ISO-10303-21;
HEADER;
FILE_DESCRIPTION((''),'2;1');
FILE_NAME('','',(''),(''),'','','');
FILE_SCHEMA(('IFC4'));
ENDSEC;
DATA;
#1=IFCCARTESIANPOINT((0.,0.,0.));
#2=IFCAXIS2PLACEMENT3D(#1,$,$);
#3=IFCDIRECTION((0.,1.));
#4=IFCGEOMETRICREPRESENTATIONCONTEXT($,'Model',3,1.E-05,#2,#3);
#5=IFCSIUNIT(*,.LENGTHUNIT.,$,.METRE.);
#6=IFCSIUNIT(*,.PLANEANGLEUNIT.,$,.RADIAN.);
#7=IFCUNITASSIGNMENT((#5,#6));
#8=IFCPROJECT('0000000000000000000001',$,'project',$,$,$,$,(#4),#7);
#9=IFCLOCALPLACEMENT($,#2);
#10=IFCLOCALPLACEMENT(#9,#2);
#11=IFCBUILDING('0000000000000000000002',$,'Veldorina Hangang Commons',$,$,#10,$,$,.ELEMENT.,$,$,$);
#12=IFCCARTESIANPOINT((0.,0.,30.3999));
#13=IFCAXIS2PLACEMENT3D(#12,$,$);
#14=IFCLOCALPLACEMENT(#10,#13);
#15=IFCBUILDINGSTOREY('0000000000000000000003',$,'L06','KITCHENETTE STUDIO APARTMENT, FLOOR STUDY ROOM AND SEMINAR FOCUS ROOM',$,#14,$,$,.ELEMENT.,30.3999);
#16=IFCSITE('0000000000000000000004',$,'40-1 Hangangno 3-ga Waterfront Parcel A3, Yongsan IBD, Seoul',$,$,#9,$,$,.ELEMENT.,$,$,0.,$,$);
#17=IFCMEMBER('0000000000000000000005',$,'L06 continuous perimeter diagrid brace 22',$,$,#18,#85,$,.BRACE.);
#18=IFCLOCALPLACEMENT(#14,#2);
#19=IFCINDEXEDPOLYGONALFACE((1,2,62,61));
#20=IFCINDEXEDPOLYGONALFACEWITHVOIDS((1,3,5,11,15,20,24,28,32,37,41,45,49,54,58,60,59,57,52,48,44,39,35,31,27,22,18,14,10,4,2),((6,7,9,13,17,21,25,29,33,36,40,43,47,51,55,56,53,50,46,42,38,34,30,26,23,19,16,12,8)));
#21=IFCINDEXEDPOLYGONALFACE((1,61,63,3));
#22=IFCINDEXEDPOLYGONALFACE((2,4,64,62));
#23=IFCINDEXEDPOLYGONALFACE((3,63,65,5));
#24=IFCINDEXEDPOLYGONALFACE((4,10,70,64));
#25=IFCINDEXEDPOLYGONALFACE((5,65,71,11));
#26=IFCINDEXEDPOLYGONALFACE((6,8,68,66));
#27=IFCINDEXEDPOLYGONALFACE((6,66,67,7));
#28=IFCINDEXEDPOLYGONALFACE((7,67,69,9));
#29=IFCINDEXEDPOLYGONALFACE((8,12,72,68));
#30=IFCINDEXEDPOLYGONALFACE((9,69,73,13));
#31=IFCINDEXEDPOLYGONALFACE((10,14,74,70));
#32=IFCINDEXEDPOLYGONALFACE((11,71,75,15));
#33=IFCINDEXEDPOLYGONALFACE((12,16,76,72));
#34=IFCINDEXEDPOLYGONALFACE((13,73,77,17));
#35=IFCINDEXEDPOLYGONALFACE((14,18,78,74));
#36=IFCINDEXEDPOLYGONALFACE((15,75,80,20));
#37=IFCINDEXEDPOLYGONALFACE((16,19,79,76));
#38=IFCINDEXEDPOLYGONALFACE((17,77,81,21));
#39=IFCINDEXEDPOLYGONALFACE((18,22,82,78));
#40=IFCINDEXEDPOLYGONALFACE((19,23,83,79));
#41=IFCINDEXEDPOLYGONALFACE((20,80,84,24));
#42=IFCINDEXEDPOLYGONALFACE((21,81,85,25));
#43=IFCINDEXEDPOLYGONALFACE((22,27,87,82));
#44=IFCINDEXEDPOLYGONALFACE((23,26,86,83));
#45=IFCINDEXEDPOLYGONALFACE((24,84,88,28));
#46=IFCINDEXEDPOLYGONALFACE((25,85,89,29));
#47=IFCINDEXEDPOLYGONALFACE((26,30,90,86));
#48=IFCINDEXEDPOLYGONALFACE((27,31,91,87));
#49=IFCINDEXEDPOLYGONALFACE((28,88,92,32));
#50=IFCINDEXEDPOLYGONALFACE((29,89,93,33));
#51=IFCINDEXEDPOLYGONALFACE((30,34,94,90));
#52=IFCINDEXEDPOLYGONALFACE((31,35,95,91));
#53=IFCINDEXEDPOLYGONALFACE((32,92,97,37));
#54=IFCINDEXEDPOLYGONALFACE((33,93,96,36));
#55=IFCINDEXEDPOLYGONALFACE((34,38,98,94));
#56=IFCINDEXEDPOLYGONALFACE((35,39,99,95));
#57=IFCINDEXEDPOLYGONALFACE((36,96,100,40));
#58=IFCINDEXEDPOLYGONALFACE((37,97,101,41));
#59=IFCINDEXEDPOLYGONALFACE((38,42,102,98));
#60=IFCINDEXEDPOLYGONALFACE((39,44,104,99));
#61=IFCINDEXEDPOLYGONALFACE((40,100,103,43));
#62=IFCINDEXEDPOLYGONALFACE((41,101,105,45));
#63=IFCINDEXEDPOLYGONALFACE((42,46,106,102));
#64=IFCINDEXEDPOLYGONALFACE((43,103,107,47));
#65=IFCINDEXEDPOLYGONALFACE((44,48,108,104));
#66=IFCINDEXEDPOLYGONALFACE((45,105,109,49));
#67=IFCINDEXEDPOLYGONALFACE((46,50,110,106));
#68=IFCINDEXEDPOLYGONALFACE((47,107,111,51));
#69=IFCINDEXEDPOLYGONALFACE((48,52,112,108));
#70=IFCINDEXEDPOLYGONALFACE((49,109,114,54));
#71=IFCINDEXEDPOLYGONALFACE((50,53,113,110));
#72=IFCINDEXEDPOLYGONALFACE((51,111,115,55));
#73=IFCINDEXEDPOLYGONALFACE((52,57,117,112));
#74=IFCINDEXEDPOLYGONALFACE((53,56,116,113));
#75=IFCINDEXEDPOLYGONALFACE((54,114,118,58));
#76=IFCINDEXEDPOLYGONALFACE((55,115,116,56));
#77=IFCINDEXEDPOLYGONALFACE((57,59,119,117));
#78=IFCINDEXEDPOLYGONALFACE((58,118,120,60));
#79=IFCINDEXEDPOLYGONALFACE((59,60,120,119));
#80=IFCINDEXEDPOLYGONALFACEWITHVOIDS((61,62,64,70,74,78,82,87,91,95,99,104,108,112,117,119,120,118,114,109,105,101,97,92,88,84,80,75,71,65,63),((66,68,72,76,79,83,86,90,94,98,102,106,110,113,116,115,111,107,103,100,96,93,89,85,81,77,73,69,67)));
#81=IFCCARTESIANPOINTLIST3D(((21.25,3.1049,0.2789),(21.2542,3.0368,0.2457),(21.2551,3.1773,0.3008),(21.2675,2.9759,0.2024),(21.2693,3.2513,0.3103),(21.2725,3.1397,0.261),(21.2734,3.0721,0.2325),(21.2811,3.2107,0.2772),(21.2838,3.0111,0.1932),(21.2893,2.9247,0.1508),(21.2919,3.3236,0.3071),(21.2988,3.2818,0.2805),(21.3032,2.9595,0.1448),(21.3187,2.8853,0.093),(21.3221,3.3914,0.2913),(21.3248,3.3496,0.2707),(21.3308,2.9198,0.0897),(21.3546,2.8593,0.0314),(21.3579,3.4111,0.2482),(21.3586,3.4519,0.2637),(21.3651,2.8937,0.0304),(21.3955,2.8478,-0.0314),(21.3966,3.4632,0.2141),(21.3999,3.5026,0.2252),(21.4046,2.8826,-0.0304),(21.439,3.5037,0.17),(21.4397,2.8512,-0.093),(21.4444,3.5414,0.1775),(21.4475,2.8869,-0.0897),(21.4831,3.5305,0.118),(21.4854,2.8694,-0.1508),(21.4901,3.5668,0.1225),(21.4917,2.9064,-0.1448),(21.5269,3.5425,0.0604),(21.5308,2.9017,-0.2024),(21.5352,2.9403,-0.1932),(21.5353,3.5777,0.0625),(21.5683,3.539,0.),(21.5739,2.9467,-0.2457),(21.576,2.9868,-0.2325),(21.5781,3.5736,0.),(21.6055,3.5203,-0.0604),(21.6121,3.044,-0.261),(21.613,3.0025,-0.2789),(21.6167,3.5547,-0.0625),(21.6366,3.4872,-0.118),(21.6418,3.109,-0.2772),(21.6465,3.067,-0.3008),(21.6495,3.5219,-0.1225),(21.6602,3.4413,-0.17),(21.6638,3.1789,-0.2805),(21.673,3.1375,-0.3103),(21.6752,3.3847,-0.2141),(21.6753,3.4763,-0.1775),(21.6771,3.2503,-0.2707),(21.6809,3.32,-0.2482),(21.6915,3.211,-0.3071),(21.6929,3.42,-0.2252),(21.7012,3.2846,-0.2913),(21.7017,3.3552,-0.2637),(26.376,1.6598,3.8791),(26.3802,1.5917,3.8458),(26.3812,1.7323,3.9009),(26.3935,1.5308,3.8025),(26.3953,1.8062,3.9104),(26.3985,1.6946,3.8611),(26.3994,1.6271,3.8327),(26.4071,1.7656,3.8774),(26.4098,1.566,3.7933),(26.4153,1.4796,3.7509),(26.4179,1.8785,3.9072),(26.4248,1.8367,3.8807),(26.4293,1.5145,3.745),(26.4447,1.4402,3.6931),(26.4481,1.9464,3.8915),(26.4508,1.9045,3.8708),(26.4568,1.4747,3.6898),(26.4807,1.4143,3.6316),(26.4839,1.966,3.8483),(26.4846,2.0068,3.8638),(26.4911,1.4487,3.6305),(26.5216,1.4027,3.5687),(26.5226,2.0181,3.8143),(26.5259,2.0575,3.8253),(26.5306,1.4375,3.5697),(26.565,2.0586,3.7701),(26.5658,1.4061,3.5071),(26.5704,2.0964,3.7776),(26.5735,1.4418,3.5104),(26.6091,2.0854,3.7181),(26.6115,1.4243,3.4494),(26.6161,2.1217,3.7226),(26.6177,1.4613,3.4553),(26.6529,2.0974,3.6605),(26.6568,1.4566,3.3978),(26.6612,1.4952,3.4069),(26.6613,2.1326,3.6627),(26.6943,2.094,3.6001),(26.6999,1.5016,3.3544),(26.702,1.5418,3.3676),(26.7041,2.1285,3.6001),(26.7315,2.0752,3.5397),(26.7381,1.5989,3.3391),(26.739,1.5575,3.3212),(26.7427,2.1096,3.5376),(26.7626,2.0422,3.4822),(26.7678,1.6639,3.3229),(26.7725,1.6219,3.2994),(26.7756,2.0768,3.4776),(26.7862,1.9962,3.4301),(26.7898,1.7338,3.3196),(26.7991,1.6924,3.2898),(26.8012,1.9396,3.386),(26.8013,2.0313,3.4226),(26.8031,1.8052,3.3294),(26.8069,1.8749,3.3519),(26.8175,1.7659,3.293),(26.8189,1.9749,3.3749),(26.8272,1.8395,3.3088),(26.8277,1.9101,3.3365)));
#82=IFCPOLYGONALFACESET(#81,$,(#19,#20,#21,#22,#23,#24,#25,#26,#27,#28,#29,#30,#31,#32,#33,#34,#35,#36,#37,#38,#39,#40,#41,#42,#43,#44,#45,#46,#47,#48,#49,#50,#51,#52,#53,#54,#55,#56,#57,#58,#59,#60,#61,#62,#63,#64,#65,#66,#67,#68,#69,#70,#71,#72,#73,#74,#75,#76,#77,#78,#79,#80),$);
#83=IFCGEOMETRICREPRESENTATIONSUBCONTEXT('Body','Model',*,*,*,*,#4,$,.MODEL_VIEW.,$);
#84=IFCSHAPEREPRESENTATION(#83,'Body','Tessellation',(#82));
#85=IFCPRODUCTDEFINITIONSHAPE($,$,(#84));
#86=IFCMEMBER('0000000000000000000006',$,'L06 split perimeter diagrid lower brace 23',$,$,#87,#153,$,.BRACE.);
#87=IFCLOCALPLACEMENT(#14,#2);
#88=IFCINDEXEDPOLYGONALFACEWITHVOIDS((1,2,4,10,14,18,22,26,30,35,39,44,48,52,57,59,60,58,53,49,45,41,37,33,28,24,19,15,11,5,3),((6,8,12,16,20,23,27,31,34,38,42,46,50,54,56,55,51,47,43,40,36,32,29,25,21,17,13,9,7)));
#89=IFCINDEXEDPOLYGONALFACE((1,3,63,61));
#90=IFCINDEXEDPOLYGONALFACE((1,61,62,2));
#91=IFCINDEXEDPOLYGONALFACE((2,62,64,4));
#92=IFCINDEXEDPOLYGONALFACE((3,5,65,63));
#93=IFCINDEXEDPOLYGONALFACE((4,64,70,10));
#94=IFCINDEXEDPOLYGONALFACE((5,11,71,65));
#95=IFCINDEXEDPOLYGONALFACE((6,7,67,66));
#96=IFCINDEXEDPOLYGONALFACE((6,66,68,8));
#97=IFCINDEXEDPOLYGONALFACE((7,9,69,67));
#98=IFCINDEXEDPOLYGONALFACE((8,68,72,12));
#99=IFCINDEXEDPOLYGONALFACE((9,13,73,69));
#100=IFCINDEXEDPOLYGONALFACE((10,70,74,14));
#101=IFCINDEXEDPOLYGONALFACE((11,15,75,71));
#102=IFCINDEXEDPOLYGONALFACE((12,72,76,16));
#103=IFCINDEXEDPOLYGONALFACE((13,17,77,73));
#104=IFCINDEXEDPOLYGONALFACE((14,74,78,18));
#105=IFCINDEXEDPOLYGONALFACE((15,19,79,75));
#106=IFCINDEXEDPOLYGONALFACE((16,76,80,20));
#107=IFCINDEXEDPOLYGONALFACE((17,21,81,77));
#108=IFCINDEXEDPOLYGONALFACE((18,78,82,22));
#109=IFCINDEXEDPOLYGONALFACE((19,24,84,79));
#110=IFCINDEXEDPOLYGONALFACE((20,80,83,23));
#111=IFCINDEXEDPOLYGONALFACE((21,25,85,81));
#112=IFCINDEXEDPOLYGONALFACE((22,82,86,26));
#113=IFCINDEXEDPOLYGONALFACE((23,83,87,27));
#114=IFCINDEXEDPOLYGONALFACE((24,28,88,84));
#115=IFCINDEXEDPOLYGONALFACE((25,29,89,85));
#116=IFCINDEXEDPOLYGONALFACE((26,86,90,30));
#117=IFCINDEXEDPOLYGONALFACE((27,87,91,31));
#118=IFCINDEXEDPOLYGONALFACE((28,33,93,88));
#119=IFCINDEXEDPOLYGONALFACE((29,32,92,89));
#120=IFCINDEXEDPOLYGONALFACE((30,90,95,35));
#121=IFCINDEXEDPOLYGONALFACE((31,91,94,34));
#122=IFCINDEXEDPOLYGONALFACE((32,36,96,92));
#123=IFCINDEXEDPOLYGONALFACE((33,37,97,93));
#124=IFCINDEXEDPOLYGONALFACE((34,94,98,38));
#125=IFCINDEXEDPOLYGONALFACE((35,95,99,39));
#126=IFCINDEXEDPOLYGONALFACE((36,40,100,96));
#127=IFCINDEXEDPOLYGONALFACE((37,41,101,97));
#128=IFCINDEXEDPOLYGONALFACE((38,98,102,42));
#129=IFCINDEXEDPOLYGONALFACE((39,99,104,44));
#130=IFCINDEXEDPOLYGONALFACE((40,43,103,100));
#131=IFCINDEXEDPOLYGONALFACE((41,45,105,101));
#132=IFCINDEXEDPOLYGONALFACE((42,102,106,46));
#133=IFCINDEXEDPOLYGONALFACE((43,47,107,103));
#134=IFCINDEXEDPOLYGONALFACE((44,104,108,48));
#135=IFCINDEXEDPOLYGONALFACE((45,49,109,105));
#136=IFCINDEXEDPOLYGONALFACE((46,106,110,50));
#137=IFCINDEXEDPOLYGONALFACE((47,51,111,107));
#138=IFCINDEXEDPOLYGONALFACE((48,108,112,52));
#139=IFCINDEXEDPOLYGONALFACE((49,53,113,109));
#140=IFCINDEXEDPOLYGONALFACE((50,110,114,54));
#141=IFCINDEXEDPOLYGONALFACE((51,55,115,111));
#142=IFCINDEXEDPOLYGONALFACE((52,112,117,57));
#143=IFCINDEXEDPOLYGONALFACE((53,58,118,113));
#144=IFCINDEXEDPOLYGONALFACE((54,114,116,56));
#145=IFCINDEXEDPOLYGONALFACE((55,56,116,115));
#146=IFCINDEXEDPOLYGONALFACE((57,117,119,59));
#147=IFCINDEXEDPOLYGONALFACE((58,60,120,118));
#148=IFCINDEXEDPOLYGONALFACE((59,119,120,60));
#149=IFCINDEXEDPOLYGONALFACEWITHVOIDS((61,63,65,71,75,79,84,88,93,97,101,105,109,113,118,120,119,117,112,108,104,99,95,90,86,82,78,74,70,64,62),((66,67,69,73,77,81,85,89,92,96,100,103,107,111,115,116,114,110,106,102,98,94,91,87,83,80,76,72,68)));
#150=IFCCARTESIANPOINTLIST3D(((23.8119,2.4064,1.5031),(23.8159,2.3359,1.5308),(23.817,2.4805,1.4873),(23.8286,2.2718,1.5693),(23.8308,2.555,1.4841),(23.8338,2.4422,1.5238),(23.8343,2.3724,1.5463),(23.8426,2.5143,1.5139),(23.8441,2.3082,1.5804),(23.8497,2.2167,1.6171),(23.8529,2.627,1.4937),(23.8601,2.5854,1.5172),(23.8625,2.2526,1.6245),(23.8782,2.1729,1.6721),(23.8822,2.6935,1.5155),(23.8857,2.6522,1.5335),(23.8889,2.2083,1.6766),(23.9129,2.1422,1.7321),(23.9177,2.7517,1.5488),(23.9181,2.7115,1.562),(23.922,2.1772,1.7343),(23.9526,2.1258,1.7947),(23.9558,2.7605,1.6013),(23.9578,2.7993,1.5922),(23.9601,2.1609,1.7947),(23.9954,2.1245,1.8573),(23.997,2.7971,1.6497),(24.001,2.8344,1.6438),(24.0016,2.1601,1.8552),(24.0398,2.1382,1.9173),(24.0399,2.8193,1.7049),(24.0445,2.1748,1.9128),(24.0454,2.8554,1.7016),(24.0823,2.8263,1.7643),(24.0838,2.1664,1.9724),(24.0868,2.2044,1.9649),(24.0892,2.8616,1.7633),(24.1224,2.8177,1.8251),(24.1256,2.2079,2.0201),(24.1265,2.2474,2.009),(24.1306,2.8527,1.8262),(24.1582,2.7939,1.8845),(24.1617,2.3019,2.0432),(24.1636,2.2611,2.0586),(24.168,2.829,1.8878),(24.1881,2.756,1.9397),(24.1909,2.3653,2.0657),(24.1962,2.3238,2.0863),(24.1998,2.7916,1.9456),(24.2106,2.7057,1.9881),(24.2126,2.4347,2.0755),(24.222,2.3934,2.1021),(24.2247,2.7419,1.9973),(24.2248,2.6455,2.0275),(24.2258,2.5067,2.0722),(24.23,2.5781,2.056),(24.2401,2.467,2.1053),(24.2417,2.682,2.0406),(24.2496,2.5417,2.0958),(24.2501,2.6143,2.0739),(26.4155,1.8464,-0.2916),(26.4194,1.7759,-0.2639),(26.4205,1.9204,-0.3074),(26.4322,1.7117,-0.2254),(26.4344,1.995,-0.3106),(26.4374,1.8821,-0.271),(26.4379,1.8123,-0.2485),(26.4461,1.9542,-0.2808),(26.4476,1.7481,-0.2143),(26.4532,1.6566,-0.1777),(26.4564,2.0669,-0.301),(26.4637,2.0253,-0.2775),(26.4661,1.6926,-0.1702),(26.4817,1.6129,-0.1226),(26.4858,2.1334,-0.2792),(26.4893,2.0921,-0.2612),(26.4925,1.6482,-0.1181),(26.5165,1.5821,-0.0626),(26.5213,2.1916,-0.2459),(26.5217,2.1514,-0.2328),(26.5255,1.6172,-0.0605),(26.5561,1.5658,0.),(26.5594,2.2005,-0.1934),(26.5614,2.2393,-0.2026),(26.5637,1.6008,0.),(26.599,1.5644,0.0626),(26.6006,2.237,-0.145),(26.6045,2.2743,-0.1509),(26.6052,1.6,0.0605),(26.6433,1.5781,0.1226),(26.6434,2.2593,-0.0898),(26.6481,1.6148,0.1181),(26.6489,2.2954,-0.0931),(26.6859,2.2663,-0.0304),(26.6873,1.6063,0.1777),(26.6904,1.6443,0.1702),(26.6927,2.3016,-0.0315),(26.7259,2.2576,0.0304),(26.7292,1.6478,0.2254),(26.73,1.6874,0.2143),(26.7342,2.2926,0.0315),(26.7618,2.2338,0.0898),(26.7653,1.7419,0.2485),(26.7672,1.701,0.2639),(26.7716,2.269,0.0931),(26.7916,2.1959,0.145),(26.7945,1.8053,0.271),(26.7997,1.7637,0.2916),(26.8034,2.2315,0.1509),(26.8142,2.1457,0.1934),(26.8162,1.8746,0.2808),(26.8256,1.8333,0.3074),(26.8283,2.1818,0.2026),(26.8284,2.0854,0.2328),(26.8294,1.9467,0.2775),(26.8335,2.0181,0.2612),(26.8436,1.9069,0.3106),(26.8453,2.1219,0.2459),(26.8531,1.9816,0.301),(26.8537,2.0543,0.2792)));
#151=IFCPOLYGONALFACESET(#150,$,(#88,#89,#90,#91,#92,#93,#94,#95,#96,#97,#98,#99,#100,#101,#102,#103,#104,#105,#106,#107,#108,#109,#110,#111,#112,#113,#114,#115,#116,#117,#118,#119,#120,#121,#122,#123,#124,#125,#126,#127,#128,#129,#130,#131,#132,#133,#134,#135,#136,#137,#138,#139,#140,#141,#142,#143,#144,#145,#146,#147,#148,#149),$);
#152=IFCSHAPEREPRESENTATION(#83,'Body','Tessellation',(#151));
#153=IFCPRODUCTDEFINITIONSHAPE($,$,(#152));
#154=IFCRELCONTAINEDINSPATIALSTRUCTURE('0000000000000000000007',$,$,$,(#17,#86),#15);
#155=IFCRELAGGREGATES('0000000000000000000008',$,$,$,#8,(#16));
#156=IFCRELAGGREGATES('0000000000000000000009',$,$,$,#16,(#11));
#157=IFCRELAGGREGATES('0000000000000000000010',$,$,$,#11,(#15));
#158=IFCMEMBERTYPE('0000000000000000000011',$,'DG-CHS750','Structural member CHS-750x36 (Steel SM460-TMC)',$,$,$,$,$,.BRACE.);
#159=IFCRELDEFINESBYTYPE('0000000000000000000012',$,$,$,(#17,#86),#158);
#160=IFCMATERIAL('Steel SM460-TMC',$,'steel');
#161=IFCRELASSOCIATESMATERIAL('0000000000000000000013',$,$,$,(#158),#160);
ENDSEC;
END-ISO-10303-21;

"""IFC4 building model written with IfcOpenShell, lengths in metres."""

from ifc_helpers import new_model, si_unit, direction, frame, origin, origin_2d, place, context, subcontext, project, spatial, hollow_circle, extrude, material, material_profile, profile_set, type_object, element, save


model = new_model("IFC4")

# Units and contexts
model_context = context("Model", 3, precision=1e-05, world=origin(), true_north=direction((0.0, 1.0)))
body_context = subcontext(model_context, "Body", "Model", "MODEL_VIEW")
ifc_project = project(units=[si_unit("LENGTHUNIT", "METRE"), si_unit("PLANEANGLEUNIT", "RADIAN")], contexts=[model_context])

# Site, building, storey
site_placement = place(None, origin())
site = spatial("IfcSite", under=ifc_project, at=site_placement, Name="40-1 Hangangno 3-ga Waterfront Parcel A3, Yongsan IBD, Seoul", CompositionType="ELEMENT", RefElevation=0.0)
building_placement = place(site_placement, origin())
building = spatial("IfcBuilding", under=site, at=building_placement, Name="Veldorina Hangang Commons", CompositionType="ELEMENT")
storey_placement = place(building_placement, frame((0.0, 0.0, 30.3999)))
storey = spatial("IfcBuildingStorey", under=building, at=storey_placement, Name="L06", Description="KITCHENETTE STUDIO APARTMENT, FLOOR STUDY ROOM AND SEMINAR FOCUS ROOM", CompositionType="ELEMENT", Elevation=30.3999)

# Shared definitions
ifc_material_1 = material(Name="Steel SM460-TMC", Category="steel")

# Members
ifc_material_profile_1 = material_profile(ifc_material_1, hollow_circle(Radius=0.375, WallThickness=0.0359, at=origin_2d()), Name="CHS-750x36")
ifc_profile_set_1 = profile_set([ifc_material_profile_1], Name="Steel SM460-TMC")
member_type_1 = type_object("IfcMemberType", Name="DG-CHS750", Description="Structural member CHS-750x36 (Steel SM460-TMC)", PredefinedType="BRACE", material=ifc_profile_set_1)
member_1_placement = place(storey_placement, frame((21.4763, 3.2126, 0.0), z_axis=(0.797393, -0.224794, 0.560029), x_axis=(0.271335, 0.962485, 0.0)))
element("IfcMember", 1, at=member_1_placement, inside=storey, type_object=member_type_1, Name="L06 continuous perimeter diagrid brace 22", PredefinedType="BRACE", context=body_context, shape_type="SweptSolid", body=[
    extrude(hollow_circle(Radius=0.375, WallThickness=0.0359, at=origin_2d()), origin(), (0.0, 0.0, 1.0), 6.4285),
])
member_2_placement = place(storey_placement, frame((26.635, 1.9324, 0.0), z_axis=(-0.810721, 0.174399, 0.558853), x_axis=(-0.210305, -0.977636, 0.0)))
element("IfcMember", 2, at=member_2_placement, inside=storey, type_object=member_type_1, Name="L06 split perimeter diagrid lower brace 23", PredefinedType="BRACE", context=body_context, shape_type="SweptSolid", body=[
    extrude(hollow_circle(Radius=0.375, WallThickness=0.0359, at=origin_2d()), origin(), (0.0, 0.0, 1.0), 3.2114),
])

save(model, "model.ifc")
